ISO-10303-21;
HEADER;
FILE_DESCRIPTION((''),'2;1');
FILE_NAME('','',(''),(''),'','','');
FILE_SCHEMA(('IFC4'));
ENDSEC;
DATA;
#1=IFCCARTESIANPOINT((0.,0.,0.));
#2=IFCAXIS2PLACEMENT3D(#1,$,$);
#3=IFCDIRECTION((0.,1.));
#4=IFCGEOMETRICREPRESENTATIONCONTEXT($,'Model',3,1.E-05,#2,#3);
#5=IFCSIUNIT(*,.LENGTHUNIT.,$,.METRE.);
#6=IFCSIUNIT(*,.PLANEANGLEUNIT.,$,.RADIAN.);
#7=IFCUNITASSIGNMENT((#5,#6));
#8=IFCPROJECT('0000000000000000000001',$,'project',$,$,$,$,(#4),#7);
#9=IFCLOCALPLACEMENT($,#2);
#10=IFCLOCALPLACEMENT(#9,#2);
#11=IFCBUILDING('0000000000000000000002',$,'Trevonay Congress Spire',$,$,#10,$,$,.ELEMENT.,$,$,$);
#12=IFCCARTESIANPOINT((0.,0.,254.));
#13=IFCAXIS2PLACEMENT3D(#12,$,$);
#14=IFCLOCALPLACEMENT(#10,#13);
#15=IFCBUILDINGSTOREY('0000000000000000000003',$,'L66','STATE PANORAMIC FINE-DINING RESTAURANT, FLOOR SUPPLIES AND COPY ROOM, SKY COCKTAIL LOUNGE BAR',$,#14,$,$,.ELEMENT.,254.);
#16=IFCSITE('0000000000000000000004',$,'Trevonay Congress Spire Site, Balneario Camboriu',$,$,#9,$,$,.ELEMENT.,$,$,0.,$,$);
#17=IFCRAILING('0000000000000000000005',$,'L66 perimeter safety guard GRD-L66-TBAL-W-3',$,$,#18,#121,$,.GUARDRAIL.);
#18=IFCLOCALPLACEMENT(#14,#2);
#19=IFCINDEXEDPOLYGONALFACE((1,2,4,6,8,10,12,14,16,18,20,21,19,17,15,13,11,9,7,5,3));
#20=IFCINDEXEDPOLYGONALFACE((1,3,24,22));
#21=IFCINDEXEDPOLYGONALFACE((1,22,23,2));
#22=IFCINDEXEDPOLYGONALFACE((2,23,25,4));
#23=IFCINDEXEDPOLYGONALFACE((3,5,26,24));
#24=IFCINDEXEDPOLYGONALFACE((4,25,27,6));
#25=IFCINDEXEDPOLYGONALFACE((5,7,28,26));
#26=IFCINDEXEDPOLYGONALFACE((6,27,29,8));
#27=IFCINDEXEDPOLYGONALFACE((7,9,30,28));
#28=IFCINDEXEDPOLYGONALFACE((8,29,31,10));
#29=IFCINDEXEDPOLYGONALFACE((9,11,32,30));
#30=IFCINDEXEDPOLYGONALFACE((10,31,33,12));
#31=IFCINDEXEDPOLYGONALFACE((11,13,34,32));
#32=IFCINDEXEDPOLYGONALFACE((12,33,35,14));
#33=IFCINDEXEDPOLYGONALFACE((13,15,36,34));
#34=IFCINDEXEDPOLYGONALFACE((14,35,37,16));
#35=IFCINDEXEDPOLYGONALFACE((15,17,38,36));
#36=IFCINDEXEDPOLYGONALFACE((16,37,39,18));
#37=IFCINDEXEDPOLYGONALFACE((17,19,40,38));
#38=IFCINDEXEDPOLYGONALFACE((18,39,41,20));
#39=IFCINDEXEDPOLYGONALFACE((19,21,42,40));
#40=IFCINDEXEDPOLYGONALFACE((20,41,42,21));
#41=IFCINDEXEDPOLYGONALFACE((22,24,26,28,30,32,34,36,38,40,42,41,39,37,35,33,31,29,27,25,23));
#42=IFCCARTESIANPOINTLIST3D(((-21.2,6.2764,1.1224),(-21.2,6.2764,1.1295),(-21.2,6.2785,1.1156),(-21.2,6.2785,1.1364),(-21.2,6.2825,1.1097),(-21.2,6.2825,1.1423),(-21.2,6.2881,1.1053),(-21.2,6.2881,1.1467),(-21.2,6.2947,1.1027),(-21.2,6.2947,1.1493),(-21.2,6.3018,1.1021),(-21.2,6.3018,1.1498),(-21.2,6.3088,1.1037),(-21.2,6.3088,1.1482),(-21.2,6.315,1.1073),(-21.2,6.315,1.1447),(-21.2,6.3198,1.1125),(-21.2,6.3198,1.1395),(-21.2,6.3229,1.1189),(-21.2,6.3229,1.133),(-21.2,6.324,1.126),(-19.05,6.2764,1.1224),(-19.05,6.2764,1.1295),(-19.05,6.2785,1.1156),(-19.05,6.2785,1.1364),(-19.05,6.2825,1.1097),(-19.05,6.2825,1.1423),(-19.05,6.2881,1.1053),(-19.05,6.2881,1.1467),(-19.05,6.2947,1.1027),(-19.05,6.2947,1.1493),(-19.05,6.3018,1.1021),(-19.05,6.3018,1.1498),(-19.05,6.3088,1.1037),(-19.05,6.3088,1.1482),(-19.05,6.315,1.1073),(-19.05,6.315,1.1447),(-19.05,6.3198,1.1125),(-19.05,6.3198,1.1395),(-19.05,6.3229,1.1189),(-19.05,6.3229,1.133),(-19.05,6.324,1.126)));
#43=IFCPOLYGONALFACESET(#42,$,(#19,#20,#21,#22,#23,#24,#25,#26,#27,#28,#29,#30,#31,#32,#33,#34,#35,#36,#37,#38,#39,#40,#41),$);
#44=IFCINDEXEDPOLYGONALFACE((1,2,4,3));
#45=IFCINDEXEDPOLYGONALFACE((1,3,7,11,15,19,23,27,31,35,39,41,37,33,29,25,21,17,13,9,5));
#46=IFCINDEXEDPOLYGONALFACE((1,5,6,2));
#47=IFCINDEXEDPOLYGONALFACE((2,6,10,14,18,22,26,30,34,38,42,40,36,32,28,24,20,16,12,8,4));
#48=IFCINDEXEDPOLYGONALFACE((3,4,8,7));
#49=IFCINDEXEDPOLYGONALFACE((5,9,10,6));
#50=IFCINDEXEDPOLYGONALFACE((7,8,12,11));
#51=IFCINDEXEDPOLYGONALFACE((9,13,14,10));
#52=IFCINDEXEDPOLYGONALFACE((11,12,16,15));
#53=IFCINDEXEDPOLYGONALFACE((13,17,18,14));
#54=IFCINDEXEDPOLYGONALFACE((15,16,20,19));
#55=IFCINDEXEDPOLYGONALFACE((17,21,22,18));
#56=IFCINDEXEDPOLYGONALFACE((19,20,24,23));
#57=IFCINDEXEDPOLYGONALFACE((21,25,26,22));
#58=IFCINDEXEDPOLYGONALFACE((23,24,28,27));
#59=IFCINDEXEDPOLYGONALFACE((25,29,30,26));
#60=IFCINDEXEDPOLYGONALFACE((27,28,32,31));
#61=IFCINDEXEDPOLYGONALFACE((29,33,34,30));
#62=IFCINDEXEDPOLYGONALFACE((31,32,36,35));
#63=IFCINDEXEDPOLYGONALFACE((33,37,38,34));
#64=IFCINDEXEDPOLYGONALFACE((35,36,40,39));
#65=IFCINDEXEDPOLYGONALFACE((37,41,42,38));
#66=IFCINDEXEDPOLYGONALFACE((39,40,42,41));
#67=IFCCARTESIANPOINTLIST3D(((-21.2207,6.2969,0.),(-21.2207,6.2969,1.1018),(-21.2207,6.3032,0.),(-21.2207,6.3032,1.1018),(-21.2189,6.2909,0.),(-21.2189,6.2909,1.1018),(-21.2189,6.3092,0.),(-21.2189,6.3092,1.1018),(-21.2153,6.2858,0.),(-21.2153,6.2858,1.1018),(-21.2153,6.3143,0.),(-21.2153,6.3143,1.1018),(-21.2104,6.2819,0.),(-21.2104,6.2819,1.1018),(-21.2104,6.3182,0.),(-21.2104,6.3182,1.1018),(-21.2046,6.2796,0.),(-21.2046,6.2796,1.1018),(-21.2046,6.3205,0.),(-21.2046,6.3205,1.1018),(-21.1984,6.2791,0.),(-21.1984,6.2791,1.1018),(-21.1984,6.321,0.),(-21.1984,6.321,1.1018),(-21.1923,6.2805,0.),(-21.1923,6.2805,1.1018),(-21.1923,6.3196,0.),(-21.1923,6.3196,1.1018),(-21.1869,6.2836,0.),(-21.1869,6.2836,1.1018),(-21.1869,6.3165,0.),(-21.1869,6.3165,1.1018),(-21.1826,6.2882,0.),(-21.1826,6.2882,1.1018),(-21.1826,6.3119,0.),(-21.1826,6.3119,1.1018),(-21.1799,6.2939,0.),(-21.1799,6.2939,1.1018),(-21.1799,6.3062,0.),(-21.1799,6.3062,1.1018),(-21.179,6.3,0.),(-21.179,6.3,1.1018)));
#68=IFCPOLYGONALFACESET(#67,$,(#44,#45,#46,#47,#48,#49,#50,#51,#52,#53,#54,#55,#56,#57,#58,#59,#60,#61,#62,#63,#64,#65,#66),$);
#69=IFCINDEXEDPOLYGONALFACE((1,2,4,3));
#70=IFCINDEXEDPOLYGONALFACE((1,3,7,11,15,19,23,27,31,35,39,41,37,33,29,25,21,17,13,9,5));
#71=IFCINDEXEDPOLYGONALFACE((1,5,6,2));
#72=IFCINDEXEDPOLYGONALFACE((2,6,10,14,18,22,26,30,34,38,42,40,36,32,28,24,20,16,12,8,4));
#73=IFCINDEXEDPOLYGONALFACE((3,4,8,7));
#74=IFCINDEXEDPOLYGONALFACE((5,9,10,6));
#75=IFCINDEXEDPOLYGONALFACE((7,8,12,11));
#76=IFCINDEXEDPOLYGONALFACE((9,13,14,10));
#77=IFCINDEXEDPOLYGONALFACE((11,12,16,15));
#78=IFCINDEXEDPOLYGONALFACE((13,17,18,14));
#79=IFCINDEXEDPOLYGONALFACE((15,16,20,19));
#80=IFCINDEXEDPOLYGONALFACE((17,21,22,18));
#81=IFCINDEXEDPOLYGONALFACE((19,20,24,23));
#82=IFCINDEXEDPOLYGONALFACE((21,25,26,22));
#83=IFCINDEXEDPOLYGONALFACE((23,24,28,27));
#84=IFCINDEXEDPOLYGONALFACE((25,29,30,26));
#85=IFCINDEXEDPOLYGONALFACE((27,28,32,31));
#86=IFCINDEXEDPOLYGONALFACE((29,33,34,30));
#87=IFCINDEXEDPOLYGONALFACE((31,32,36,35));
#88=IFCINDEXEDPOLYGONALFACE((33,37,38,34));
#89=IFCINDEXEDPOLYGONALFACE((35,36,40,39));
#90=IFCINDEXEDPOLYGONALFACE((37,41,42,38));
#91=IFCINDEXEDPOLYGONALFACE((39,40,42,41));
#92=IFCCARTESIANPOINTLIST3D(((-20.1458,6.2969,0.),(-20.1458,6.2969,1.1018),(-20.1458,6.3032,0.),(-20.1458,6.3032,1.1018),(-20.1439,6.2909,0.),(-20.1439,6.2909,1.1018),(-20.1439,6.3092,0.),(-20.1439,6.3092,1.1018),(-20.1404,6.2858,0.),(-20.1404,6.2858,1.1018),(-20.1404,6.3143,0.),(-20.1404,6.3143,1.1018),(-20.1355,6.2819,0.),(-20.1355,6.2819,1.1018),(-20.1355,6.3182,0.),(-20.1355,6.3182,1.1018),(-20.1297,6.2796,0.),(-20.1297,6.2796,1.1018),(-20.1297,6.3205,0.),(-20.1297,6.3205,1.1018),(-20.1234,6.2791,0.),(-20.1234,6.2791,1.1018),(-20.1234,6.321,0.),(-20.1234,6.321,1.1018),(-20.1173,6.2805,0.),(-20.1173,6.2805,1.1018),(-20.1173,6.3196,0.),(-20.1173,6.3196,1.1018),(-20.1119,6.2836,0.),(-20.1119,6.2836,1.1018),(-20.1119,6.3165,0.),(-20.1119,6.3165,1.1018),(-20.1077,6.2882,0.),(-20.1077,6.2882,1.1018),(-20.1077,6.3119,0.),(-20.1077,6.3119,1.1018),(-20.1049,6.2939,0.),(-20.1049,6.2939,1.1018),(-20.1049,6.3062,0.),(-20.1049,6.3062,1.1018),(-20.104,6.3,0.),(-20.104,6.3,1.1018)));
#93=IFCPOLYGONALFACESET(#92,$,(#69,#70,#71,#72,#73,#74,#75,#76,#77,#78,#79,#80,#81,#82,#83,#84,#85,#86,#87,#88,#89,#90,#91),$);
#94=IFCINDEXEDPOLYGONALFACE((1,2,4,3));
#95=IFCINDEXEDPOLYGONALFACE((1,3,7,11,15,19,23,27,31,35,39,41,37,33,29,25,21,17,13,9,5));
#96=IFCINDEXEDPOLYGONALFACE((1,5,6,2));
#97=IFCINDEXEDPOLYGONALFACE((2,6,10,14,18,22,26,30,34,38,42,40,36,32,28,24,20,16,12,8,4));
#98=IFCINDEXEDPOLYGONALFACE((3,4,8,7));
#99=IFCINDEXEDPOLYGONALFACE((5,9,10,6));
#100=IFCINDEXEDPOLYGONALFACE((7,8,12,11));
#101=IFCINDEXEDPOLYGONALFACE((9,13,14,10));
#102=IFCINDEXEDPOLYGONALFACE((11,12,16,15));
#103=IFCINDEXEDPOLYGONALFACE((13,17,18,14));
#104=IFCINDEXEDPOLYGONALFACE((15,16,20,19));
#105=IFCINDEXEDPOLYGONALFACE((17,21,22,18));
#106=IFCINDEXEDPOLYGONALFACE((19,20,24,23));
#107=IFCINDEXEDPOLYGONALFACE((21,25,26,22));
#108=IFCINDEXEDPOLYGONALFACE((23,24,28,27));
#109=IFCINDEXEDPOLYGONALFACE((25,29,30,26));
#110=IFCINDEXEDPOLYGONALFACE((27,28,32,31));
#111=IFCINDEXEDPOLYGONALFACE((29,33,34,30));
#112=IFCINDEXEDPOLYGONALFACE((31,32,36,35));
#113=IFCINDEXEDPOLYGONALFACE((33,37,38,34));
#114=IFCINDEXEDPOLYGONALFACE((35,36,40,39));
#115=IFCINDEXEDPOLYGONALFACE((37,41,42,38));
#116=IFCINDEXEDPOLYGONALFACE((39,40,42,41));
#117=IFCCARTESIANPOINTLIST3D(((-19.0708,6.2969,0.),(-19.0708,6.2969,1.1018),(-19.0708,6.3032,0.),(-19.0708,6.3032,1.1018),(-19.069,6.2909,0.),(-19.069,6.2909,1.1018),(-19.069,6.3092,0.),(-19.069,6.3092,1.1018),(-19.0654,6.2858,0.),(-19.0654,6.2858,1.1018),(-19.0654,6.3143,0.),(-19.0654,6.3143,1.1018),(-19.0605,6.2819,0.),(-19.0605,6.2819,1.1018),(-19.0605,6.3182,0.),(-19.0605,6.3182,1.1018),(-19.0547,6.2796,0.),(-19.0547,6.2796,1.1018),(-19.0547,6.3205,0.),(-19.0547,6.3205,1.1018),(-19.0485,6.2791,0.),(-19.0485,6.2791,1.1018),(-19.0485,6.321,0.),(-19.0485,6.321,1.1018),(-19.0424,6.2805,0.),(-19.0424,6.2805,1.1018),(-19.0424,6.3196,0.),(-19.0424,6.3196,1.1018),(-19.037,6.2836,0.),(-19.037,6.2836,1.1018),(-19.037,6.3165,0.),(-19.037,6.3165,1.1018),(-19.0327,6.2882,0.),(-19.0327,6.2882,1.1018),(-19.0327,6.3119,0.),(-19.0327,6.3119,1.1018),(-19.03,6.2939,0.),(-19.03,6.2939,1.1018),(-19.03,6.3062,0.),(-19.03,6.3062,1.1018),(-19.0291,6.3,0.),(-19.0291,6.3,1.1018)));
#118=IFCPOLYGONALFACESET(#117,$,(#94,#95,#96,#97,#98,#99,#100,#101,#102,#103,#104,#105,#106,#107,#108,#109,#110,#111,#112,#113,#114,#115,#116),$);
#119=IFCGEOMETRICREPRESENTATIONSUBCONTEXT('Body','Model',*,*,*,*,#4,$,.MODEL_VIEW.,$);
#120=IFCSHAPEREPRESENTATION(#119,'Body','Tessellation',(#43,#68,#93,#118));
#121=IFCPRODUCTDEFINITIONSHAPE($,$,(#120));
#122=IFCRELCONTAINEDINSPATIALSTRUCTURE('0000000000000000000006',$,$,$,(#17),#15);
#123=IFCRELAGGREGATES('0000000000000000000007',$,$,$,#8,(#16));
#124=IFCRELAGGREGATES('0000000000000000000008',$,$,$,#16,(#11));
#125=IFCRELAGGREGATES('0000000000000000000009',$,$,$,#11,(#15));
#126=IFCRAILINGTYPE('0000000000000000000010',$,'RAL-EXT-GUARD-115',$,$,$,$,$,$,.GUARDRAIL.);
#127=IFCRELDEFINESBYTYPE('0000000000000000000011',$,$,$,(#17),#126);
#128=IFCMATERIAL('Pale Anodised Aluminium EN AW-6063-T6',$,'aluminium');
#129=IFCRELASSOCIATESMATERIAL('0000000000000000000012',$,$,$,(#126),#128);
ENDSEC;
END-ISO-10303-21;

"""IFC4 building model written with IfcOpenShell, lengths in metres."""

from ifc_helpers import new_model, si_unit, direction, frame, origin, origin_2d, place, context, subcontext, project, spatial, circle, extrude, material, type_object, element, save


model = new_model("IFC4")

# Units and contexts
model_context = context("Model", 3, precision=1e-05, world=origin(), true_north=direction((0.0, 1.0)))
body_context = subcontext(model_context, "Body", "Model", "MODEL_VIEW")
ifc_project = project(units=[si_unit("LENGTHUNIT", "METRE"), si_unit("PLANEANGLEUNIT", "RADIAN")], contexts=[model_context])

# Site, building, storey
site_placement = place(None, origin())
site = spatial("IfcSite", under=ifc_project, at=site_placement, Name="Trevonay Congress Spire Site, Balneario Camboriu", CompositionType="ELEMENT", RefElevation=0.0)
building_placement = place(site_placement, origin())
building = spatial("IfcBuilding", under=site, at=building_placement, Name="Trevonay Congress Spire", CompositionType="ELEMENT")
storey_placement = place(building_placement, frame((0.0, 0.0, 254.0)))
storey = spatial("IfcBuildingStorey", under=building, at=storey_placement, Name="L66", Description="STATE PANORAMIC FINE-DINING RESTAURANT, FLOOR SUPPLIES AND COPY ROOM, SKY COCKTAIL LOUNGE BAR", CompositionType="ELEMENT", Elevation=254.0)

# Shared definitions
ifc_material_1 = material(Name="Pale Anodised Aluminium EN AW-6063-T6", Category="aluminium")

# Railing
railing_type = type_object("IfcRailingType", Name="RAL-EXT-GUARD-115", PredefinedType="GUARDRAIL", material=ifc_material_1)
railing_1_placement = place(storey_placement, frame((-21.2, 6.3, 0.0)))
element("IfcRailing", 1, at=railing_1_placement, inside=storey, type_object=railing_type, Name="L66 perimeter safety guard GRD-L66-TBAL-W-3", PredefinedType="GUARDRAIL", context=body_context, shape_type="SweptSolid", body=[
    extrude(circle(Radius=0.0239, at=origin_2d()), frame((0.0, 0.0, 1.126), z_axis=(1.0, 0.0, 0.0), x_axis=(0.0, 1.0, 0.0)), (0.0, 0.0, 1.0), 2.1499),
    extrude(circle(Radius=0.021, at=origin_2d()), origin(), (0.0, 0.0, 1.0), 1.1018),
    extrude(circle(Radius=0.021, at=origin_2d()), frame((1.075, 0.0, 0.0)), (0.0, 0.0, 1.0), 1.1018),
    extrude(circle(Radius=0.021, at=origin_2d()), frame((2.1499, 0.0, 0.0)), (0.0, 0.0, 1.0), 1.1018),
])

save(model, "model.ifc")
